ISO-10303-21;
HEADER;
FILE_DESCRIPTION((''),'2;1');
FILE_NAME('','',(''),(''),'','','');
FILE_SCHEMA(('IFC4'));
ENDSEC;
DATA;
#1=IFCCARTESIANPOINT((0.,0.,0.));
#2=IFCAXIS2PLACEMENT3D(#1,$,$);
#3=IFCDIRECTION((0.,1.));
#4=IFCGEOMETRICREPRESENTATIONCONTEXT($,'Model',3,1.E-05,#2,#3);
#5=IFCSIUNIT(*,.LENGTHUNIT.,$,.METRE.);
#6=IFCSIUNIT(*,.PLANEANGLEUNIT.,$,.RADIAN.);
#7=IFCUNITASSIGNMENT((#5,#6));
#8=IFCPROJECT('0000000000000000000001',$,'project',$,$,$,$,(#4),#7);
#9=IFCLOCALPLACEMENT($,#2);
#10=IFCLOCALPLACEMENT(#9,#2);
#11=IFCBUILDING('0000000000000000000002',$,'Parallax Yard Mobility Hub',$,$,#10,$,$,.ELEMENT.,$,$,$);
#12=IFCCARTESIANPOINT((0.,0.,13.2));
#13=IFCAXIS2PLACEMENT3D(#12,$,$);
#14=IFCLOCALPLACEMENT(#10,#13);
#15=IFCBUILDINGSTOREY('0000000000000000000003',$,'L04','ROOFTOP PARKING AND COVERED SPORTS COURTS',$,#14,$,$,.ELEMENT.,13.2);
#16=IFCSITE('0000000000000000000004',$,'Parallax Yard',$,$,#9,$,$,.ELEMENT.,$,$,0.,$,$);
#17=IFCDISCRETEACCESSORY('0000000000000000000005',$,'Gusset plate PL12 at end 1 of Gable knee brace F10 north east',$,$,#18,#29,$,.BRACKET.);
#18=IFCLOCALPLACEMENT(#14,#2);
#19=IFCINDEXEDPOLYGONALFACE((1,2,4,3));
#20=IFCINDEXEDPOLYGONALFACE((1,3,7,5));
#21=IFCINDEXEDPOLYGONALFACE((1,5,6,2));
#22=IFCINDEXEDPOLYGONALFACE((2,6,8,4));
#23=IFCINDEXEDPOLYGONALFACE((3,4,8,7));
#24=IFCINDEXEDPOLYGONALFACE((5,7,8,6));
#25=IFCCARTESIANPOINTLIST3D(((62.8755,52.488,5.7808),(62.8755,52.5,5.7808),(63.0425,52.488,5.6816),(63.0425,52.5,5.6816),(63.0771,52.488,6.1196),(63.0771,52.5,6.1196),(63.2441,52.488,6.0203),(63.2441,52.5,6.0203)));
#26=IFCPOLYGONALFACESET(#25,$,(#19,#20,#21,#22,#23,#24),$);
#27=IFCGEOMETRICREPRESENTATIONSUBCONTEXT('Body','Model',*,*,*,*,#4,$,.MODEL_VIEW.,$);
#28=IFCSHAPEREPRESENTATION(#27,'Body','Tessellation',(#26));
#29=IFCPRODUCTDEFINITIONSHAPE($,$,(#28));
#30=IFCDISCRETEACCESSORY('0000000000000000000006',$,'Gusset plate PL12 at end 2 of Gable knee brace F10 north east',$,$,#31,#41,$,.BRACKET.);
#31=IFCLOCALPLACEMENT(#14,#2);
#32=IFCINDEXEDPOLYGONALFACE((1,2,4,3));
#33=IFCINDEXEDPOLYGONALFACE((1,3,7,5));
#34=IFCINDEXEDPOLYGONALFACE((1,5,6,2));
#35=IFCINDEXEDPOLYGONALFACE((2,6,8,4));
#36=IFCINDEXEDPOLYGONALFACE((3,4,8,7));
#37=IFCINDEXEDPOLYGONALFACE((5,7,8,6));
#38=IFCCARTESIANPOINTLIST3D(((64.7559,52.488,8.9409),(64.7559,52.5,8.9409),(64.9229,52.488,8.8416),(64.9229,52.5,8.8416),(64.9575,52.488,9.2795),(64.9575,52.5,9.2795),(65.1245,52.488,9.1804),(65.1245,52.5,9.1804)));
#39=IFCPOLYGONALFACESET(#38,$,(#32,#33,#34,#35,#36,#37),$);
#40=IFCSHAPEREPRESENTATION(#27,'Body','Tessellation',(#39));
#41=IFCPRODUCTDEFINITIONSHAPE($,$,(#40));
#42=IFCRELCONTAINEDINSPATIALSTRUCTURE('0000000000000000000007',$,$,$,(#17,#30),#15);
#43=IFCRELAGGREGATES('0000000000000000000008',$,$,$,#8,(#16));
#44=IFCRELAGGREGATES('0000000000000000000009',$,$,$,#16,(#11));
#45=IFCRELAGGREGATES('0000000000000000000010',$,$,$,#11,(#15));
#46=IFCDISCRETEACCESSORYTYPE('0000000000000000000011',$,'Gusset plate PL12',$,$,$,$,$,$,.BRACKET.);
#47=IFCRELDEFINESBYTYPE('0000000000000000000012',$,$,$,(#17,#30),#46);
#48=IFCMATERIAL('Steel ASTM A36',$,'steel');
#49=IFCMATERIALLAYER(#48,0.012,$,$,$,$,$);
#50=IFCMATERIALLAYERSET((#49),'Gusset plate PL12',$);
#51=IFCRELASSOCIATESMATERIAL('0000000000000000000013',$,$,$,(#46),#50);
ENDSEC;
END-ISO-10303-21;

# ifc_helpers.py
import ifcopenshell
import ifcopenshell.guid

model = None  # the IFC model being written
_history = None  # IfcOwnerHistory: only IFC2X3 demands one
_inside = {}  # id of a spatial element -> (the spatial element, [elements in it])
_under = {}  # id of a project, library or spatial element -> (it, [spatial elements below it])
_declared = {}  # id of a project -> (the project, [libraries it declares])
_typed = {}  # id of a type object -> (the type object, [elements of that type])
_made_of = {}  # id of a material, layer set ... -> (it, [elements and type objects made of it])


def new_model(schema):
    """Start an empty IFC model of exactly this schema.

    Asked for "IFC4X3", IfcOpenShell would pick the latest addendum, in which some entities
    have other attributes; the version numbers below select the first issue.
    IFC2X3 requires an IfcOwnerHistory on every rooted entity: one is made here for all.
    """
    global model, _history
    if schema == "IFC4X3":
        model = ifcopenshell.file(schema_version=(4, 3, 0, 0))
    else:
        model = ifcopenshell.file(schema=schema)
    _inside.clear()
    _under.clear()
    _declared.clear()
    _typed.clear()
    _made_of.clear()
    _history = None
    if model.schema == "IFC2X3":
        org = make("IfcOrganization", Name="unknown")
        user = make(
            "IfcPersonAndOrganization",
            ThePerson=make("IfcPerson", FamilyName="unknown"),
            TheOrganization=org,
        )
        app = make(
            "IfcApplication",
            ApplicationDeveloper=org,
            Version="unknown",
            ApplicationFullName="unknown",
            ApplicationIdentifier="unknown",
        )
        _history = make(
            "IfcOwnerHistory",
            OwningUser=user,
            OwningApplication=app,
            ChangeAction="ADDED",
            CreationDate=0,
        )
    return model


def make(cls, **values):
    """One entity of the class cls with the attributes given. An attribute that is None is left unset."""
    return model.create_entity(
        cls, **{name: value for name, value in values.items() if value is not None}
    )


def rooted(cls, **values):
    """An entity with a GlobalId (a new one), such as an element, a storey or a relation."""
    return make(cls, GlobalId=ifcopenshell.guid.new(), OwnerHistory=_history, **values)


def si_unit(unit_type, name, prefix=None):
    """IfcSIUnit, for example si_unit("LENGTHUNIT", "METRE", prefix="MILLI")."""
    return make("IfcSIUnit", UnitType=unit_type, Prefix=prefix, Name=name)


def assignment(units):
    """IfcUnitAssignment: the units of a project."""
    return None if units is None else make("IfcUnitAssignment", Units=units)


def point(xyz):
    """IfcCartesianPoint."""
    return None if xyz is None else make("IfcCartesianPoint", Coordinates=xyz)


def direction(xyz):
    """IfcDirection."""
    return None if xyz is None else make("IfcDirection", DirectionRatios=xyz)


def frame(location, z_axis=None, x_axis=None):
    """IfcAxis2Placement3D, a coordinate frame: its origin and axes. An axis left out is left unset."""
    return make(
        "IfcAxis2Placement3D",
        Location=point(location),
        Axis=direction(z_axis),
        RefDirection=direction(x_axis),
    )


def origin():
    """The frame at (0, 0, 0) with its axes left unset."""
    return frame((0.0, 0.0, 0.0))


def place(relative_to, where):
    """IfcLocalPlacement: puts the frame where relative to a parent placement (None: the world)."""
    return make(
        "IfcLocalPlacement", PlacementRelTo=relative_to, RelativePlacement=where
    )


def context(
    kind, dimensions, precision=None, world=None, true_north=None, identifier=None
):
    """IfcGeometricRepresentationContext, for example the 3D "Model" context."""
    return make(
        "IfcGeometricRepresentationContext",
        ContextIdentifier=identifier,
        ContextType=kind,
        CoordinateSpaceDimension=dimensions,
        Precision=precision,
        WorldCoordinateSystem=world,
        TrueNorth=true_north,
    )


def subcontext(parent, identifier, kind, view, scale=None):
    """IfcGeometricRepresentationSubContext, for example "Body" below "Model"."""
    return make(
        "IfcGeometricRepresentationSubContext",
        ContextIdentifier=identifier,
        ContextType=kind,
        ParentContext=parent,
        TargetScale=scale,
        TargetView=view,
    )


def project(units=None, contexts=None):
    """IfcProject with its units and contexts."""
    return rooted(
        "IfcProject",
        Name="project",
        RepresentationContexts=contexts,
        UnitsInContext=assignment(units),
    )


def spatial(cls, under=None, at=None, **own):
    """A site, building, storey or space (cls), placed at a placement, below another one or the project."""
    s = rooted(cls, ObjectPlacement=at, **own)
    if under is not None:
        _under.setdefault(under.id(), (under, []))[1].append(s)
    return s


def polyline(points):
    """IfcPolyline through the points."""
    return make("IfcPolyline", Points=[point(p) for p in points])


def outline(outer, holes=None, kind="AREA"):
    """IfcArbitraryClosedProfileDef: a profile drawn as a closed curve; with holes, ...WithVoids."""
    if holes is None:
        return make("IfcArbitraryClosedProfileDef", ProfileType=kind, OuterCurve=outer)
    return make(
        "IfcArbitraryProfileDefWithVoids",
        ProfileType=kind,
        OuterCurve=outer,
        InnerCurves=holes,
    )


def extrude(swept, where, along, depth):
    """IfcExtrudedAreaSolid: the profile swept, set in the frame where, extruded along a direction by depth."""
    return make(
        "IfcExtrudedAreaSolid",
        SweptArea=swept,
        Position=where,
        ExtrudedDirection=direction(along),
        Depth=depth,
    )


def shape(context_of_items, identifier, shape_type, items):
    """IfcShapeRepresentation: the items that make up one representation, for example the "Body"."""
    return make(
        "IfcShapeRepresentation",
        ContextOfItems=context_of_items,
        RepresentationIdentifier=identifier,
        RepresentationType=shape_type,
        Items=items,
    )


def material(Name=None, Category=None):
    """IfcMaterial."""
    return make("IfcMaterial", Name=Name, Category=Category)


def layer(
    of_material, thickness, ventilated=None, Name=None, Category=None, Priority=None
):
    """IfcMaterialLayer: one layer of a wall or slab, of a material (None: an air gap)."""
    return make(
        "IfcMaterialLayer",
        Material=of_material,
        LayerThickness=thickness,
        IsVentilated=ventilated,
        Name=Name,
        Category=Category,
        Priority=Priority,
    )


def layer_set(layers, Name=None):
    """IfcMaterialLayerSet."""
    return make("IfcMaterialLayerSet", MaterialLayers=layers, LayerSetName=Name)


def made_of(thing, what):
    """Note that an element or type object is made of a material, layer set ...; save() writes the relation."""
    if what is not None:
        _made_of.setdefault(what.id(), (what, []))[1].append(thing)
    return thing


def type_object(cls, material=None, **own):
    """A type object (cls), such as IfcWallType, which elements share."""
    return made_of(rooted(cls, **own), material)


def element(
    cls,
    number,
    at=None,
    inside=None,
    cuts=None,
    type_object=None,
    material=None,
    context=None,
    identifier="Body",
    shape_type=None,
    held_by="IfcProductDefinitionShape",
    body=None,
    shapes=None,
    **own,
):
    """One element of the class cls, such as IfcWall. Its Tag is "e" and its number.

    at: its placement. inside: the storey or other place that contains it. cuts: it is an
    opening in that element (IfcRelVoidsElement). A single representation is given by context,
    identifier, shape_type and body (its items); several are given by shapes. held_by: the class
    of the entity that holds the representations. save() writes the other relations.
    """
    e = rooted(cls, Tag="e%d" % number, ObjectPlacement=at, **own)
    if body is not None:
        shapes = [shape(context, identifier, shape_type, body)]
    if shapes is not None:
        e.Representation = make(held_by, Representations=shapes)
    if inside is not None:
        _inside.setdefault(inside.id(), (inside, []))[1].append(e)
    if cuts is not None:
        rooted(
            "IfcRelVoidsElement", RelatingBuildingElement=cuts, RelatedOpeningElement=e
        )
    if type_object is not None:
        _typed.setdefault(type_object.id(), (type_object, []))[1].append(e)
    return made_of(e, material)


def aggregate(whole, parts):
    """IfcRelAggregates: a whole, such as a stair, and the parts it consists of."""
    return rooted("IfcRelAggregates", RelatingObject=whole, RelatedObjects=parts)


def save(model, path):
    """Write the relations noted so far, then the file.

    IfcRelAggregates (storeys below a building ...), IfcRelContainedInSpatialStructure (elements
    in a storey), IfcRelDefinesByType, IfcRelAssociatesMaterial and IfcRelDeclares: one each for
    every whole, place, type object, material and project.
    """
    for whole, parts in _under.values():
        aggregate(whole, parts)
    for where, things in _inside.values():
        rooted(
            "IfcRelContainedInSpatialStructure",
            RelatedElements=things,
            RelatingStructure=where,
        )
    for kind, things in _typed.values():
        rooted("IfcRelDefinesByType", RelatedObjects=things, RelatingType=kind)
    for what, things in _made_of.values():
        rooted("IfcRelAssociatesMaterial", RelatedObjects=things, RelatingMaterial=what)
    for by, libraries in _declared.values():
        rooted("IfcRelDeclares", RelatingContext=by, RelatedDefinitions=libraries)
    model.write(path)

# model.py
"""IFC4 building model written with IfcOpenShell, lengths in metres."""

from ifc_helpers import new_model, si_unit, direction, frame, origin, place, context, subcontext, project, spatial, polyline, outline, extrude, material, layer, layer_set, type_object, element, save


model = new_model("IFC4")

# Units and contexts
model_context = context("Model", 3, precision=1e-05, world=origin(), true_north=direction((0.0, 1.0)))
body_context = subcontext(model_context, "Body", "Model", "MODEL_VIEW")
ifc_project = project(units=[si_unit("LENGTHUNIT", "METRE"), si_unit("PLANEANGLEUNIT", "RADIAN")], contexts=[model_context])

# Site, building, storey
site_placement = place(None, origin())
site = spatial("IfcSite", under=ifc_project, at=site_placement, Name="Parallax Yard", CompositionType="ELEMENT", RefElevation=0.0)
building_placement = place(site_placement, origin())
building = spatial("IfcBuilding", under=site, at=building_placement, Name="Parallax Yard Mobility Hub", CompositionType="ELEMENT")
storey_placement = place(building_placement, frame((0.0, 0.0, 13.2)))
storey = spatial("IfcBuildingStorey", under=building, at=storey_placement, Name="L04", Description="ROOFTOP PARKING AND COVERED SPORTS COURTS", CompositionType="ELEMENT", Elevation=13.2)

# Discrete accessories
ifc_material_1 = material(Name="Steel ASTM A36", Category="steel")
ifc_layer_1 = layer(ifc_material_1, 0.012)
ifc_layer_set_1 = layer_set([ifc_layer_1], Name="Gusset plate PL12")
discrete_accessory_type = type_object("IfcDiscreteAccessoryType", Name="Gusset plate PL12", PredefinedType="BRACKET", material=ifc_layer_set_1)
for number, where, z_axis, x_axis, name in (
    (1, (63.2441, 52.5, 6.0203), (0.0, 1.0, 0.0), (-0.511669, 0.0, -0.859183), "Gusset plate PL12 at end 1 of Gable knee brace F10 north east"),
    (2, (64.7559, 52.5, 8.9409), (0.0, 1.0, 0.0), (0.511669, 0.0, 0.859183), "Gusset plate PL12 at end 2 of Gable knee brace F10 north east"),
):
    element("IfcDiscreteAccessory", number, at=place(storey_placement, frame(where, z_axis=z_axis, x_axis=x_axis)), inside=storey, type_object=discrete_accessory_type, Name=name, PredefinedType="BRACKET", context=body_context, shape_type="SweptSolid", body=[
        extrude(outline(polyline([(0.0, 0.0), (0.3941, 0.0), (0.3944, 0.1942), (0.0001, 0.1943), (0.0, 0.0)])), origin(), (0.0, 0.0, -1.0), 0.012),
    ])

save(model, "model.ifc")
